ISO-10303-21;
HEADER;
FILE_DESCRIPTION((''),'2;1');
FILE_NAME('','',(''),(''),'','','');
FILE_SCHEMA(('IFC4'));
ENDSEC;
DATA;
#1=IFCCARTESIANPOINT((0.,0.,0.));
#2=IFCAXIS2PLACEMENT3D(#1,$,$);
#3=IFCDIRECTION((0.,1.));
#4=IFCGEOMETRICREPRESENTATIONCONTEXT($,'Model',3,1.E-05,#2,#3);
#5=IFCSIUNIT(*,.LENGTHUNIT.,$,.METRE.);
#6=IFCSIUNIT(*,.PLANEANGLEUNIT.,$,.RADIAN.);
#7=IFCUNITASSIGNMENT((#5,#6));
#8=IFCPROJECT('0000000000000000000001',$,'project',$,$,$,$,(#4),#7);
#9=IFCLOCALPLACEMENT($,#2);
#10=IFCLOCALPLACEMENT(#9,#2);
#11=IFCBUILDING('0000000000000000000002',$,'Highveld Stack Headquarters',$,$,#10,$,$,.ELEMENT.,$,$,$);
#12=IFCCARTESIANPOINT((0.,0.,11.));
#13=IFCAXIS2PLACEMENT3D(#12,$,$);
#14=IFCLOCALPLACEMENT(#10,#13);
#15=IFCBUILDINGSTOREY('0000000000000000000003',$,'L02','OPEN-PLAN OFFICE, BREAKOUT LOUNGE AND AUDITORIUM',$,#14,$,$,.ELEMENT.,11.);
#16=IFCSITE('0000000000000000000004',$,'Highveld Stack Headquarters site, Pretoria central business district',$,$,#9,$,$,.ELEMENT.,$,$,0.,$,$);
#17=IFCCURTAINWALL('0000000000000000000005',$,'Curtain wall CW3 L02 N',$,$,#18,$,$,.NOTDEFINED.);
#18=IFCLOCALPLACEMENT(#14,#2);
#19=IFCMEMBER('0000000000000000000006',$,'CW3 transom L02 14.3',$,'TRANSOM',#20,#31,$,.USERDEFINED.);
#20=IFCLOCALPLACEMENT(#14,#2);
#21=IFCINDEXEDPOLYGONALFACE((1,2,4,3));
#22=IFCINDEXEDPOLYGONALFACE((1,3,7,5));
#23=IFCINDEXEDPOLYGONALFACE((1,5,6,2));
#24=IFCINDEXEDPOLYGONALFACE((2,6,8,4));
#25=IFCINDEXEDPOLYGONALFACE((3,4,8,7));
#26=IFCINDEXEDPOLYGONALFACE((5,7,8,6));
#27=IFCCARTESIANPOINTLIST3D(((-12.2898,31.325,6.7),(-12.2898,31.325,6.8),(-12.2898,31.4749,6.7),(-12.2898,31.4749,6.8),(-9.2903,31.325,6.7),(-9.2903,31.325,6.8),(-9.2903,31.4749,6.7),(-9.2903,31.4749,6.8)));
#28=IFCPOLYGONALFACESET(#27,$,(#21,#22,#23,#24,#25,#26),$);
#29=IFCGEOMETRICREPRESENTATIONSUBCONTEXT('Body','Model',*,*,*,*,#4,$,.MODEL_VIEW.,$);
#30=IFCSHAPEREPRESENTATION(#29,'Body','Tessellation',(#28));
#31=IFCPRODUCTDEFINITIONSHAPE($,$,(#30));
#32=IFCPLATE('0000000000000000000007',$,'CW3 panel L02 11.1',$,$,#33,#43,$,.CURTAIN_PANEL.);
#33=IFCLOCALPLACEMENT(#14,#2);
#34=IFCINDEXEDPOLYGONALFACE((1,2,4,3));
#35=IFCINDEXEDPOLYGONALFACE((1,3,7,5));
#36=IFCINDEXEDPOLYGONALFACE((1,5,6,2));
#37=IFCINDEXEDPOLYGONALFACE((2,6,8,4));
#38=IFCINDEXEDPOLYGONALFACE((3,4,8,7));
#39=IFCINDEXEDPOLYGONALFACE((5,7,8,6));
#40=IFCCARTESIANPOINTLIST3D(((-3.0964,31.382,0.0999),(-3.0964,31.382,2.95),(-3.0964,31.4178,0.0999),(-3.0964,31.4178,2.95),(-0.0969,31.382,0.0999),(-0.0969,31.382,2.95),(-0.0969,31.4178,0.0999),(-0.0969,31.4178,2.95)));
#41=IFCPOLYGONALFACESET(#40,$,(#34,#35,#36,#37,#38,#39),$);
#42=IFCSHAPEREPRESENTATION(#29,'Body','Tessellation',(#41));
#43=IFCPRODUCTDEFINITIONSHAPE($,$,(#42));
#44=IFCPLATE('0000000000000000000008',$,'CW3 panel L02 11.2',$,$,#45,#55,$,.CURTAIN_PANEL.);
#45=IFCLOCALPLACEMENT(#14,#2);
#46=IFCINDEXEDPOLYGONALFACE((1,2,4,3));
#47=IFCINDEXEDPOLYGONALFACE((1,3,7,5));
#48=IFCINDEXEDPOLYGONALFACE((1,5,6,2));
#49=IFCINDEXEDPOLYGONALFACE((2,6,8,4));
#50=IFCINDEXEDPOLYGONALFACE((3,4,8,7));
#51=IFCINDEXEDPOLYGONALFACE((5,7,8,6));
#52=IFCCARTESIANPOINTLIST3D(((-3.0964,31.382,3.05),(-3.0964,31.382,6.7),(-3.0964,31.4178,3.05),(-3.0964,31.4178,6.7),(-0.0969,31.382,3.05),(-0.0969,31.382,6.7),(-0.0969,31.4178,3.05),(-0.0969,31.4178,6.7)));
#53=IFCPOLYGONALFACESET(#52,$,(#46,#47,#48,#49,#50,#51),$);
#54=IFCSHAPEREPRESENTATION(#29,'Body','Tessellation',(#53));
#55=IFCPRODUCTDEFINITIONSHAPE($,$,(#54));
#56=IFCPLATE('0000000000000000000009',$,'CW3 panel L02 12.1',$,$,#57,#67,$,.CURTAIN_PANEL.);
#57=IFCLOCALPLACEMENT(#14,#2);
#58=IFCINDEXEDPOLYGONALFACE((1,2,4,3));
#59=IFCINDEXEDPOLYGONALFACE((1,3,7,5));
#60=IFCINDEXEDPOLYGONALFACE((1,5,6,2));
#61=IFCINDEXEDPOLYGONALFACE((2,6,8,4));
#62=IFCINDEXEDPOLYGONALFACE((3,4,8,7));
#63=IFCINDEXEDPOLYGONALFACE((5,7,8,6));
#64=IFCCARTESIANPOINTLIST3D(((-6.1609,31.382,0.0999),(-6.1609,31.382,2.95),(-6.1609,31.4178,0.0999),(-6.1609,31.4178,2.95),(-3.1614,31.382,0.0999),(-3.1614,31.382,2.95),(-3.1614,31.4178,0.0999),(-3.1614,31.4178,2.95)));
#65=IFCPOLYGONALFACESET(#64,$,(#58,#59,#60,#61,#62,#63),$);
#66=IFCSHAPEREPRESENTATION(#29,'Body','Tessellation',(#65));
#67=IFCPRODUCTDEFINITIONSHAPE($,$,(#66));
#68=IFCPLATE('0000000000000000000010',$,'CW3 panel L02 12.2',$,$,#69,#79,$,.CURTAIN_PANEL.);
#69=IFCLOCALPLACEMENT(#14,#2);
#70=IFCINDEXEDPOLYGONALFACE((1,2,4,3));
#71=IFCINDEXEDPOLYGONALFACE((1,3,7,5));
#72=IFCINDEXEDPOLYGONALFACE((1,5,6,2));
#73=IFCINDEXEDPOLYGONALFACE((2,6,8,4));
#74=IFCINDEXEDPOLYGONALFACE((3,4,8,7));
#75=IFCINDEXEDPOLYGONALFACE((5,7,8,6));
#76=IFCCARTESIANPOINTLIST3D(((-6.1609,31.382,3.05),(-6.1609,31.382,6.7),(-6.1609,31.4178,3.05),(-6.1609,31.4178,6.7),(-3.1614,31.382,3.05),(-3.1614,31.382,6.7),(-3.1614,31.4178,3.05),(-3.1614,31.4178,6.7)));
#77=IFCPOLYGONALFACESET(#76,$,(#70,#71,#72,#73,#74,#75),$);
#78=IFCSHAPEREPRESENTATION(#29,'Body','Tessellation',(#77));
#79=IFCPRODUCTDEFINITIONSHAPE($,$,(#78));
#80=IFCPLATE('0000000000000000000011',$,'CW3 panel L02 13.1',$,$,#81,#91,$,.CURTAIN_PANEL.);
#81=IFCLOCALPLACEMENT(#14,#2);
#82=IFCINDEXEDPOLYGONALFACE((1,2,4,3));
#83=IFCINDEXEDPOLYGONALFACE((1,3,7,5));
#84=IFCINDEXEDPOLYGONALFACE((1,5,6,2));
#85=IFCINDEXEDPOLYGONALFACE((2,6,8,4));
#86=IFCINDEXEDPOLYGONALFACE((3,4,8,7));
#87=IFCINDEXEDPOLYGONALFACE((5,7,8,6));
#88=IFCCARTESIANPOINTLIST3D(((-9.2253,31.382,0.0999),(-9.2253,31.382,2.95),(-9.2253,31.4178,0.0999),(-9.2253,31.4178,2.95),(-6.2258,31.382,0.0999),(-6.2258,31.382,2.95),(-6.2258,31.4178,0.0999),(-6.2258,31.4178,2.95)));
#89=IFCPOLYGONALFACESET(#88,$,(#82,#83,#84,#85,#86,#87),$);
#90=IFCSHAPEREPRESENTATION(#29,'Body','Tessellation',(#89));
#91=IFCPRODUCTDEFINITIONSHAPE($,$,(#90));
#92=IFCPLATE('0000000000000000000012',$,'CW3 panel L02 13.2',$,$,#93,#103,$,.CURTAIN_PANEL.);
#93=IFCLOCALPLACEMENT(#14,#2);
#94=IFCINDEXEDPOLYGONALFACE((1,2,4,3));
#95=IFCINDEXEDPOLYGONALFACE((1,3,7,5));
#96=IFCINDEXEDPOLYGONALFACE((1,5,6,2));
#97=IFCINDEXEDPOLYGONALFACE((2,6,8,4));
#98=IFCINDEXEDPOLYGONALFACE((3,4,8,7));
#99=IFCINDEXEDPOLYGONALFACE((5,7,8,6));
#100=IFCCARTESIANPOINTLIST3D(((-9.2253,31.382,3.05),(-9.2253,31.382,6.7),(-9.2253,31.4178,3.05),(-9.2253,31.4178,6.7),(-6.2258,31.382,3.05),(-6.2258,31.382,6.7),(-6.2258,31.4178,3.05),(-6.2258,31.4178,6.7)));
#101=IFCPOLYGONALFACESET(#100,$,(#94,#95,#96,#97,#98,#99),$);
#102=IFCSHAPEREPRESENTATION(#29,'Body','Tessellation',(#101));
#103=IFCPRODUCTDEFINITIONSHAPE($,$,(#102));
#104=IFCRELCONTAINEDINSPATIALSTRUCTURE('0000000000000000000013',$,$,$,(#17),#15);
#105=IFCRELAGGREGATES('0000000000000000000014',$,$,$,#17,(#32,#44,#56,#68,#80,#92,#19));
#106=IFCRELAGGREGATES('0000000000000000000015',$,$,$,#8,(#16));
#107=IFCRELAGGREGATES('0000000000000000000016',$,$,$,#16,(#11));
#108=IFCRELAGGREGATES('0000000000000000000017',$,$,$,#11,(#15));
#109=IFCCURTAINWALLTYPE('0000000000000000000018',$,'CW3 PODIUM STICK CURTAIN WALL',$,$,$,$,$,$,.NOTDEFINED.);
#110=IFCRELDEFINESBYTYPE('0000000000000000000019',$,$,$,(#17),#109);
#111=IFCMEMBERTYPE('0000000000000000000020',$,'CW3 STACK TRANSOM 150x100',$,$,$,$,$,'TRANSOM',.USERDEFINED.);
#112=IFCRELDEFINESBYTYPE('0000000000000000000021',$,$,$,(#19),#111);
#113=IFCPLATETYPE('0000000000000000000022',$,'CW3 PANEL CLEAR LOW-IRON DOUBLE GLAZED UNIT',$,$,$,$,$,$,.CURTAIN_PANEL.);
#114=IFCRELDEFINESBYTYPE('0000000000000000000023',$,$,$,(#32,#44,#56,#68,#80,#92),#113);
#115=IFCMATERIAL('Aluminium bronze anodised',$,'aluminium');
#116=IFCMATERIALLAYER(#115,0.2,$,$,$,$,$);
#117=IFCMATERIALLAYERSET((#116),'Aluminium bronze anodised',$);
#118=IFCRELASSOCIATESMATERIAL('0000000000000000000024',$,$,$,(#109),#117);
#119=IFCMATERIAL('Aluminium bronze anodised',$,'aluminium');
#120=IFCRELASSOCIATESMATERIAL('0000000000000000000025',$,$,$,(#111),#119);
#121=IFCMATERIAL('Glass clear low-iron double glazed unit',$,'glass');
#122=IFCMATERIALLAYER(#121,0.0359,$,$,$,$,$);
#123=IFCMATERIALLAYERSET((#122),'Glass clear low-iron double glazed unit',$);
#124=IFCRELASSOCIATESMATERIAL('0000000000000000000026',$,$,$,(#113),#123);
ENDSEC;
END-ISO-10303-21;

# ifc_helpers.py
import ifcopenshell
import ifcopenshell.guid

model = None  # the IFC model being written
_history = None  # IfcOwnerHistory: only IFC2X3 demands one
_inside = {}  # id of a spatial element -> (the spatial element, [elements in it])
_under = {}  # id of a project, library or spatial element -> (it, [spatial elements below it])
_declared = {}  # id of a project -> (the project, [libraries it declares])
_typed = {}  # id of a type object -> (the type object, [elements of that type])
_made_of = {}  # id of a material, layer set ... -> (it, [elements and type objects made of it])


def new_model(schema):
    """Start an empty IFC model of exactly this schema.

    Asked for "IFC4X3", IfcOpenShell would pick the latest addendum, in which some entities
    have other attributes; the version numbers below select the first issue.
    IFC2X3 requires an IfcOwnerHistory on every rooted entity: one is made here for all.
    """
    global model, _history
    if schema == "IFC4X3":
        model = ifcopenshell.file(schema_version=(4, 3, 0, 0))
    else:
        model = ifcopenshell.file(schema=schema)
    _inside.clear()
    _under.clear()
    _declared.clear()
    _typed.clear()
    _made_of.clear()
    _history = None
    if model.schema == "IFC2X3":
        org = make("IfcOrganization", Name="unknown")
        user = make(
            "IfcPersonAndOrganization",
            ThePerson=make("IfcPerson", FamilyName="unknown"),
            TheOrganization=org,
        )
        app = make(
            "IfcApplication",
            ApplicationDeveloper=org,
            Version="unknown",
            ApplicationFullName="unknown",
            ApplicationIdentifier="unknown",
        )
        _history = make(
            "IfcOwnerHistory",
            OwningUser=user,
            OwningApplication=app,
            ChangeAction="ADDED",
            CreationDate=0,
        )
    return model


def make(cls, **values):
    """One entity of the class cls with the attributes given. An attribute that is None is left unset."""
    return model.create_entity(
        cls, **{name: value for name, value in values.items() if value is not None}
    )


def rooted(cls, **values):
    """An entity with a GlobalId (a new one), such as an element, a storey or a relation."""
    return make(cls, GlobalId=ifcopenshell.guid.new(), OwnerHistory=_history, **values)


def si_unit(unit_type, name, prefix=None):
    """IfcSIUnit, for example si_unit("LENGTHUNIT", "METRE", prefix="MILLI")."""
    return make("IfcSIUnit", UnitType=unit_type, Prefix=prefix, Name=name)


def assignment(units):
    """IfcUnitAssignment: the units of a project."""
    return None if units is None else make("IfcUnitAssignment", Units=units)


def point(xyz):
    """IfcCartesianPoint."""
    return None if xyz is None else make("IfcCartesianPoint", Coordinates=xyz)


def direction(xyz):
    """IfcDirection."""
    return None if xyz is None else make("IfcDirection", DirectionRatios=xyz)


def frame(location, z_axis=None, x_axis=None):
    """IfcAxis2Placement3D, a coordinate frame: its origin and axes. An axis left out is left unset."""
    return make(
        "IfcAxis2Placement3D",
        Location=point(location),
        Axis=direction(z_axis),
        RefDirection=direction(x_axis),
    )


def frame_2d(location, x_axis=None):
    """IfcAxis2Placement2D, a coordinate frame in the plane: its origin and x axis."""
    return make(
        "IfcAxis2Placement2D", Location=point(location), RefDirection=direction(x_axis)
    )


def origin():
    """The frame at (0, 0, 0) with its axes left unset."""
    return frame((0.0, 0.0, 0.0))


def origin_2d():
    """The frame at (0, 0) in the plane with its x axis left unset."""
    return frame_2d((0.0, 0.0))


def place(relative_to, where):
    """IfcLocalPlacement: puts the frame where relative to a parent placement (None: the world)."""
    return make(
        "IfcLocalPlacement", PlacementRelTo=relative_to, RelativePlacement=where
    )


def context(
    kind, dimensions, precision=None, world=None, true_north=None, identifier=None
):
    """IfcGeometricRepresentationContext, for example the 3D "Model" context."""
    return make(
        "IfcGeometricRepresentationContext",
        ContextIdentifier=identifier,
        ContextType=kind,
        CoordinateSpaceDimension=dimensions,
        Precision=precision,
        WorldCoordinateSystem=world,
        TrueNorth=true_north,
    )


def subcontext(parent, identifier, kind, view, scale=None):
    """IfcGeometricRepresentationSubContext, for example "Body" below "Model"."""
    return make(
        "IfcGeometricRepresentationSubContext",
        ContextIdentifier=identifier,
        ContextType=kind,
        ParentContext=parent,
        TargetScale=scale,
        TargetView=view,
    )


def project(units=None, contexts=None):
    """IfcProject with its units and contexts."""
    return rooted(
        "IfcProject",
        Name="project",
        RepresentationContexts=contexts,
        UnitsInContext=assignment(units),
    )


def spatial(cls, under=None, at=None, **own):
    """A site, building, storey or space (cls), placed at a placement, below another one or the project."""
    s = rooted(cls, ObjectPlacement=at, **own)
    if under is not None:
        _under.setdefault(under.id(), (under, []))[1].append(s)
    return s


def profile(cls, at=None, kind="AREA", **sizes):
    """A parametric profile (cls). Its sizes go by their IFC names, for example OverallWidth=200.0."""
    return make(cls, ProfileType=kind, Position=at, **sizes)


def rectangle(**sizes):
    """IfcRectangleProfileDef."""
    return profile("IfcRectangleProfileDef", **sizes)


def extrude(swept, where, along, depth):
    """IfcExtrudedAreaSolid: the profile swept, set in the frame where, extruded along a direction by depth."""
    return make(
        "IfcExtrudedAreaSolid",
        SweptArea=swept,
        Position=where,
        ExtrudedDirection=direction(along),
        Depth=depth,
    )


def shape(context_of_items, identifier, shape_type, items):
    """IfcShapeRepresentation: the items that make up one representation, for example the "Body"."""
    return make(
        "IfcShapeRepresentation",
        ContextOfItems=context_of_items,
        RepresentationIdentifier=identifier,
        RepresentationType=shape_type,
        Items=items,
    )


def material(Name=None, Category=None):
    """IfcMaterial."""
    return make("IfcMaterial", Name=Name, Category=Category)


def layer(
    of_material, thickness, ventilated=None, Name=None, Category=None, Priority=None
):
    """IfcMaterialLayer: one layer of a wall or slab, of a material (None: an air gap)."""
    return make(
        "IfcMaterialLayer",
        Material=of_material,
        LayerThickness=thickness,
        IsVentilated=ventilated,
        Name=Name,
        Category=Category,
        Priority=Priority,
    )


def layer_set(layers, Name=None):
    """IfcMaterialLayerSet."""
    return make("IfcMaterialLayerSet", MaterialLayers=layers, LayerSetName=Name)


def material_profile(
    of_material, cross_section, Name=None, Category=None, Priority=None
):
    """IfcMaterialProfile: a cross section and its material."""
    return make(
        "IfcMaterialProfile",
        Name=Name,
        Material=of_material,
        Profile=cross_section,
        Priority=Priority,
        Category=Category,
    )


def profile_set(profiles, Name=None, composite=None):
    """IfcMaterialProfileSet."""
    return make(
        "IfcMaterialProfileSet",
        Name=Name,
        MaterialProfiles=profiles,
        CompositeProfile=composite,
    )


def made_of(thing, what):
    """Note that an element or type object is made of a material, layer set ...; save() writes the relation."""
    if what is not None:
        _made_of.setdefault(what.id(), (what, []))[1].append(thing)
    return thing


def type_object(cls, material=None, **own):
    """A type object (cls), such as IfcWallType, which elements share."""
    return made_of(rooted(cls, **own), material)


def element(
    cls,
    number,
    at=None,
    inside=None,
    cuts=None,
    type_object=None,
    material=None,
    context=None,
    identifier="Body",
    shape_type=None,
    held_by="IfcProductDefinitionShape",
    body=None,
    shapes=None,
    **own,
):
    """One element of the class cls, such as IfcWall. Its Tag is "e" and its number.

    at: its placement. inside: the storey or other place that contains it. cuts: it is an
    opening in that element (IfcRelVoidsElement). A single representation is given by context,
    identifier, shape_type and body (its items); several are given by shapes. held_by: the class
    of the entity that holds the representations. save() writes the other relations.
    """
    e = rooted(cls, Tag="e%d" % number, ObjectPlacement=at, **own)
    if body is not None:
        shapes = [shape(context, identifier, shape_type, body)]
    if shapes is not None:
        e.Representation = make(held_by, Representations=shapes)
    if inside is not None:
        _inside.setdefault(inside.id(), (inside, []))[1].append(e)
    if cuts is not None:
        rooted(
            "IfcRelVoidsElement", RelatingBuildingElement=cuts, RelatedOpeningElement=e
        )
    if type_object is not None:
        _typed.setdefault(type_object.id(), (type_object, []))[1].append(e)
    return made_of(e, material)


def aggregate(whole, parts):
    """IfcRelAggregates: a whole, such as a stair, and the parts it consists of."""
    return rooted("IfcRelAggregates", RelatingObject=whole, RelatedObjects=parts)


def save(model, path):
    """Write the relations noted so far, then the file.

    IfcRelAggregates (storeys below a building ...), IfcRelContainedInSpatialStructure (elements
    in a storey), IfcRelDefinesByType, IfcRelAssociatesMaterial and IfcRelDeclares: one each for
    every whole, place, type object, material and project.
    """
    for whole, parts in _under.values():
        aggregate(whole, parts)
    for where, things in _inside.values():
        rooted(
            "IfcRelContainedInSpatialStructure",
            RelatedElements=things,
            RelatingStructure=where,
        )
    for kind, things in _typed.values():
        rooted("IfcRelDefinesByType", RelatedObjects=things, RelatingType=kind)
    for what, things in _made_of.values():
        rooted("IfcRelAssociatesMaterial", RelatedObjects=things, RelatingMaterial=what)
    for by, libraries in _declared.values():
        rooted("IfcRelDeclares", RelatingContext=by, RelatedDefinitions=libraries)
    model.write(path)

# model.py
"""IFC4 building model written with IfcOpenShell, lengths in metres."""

from ifc_helpers import new_model, si_unit, direction, frame, origin, origin_2d, place, context, subcontext, project, spatial, rectangle, extrude, material, layer, layer_set, material_profile, profile_set, type_object, element, aggregate, save


model = new_model("IFC4")

# Units and contexts
model_context = context("Model", 3, precision=1e-05, world=origin(), true_north=direction((0.0, 1.0)))
body_context = subcontext(model_context, "Body", "Model", "MODEL_VIEW")
ifc_project = project(units=[si_unit("LENGTHUNIT", "METRE"), si_unit("PLANEANGLEUNIT", "RADIAN")], contexts=[model_context])

# Site, building, storey
site_placement = place(None, origin())
site = spatial("IfcSite", under=ifc_project, at=site_placement, Name="Highveld Stack Headquarters site, Pretoria central business district", CompositionType="ELEMENT", RefElevation=0.0)
building_placement = place(site_placement, origin())
building = spatial("IfcBuilding", under=site, at=building_placement, Name="Highveld Stack Headquarters", CompositionType="ELEMENT")
storey_placement = place(building_placement, frame((0.0, 0.0, 11.0)))
storey = spatial("IfcBuildingStorey", under=building, at=storey_placement, Name="L02", Description="OPEN-PLAN OFFICE, BREAKOUT LOUNGE AND AUDITORIUM", CompositionType="ELEMENT", Elevation=11.0)

# Curtain wall, member, plates
ifc_material_1 = material(Name="Aluminium bronze anodised", Category="aluminium")
ifc_layer_1 = layer(ifc_material_1, 0.2)
ifc_layer_set_1 = layer_set([ifc_layer_1], Name="Aluminium bronze anodised")
curtain_wall_type = type_object("IfcCurtainWallType", Name="CW3 PODIUM STICK CURTAIN WALL", PredefinedType="NOTDEFINED", material=ifc_layer_set_1)
curtain_wall_placement = place(storey_placement, origin())
curtain_wall = element("IfcCurtainWall", 1, at=curtain_wall_placement, inside=storey, type_object=curtain_wall_type, Name="Curtain wall CW3 L02 N", PredefinedType="NOTDEFINED")
ifc_material_2 = material(Name="Aluminium bronze anodised", Category="aluminium")
ifc_material_profile_1 = material_profile(ifc_material_2, rectangle(XDim=0.1499, YDim=0.1001, at=origin_2d()), Name="CW3 TRANSOM 150x100")
ifc_profile_set_1 = profile_set([ifc_material_profile_1], Name="Aluminium bronze anodised")
member_type_1 = type_object("IfcMemberType", Name="CW3 STACK TRANSOM 150x100", ElementType="TRANSOM", PredefinedType="USERDEFINED", material=ifc_profile_set_1)
member_1_placement = place(storey_placement, frame((-9.2903, 31.3999, 6.75), z_axis=(-1.0, 0.0, 0.0), x_axis=(0.0, -1.0, 0.0)))
member_1 = element("IfcMember", 2, at=member_1_placement, type_object=member_type_1, Name="CW3 transom L02 14.3", ObjectType="TRANSOM", PredefinedType="USERDEFINED", context=body_context, shape_type="SweptSolid", body=[
    extrude(rectangle(XDim=0.1499, YDim=0.1001, at=origin_2d()), origin(), (0.0, 0.0, 1.0), 2.9995),
])
ifc_material_3 = material(Name="Glass clear low-iron double glazed unit", Category="glass")
ifc_layer_2 = layer(ifc_material_3, 0.0359)
ifc_layer_set_2 = layer_set([ifc_layer_2], Name="Glass clear low-iron double glazed unit")
plate_type = type_object("IfcPlateType", Name="CW3 PANEL CLEAR LOW-IRON DOUBLE GLAZED UNIT", PredefinedType="CURTAIN_PANEL", material=ifc_layer_set_2)
plate_1_placement = place(storey_placement, frame((-1.5967, 31.3999, 0.0999), z_axis=(0.0, 0.0, 1.0), x_axis=(-1.0, 0.0, 0.0)))
plate_1 = element("IfcPlate", 3, at=plate_1_placement, type_object=plate_type, Name="CW3 panel L02 11.1", PredefinedType="CURTAIN_PANEL", context=body_context, shape_type="SweptSolid", body=[
    extrude(rectangle(XDim=2.9995, YDim=0.0359, at=origin_2d()), origin(), (0.0, 0.0, 1.0), 2.8501),
])
plate_2_placement = place(storey_placement, frame((-1.5967, 31.3999, 3.05), z_axis=(0.0, 0.0, 1.0), x_axis=(-1.0, 0.0, 0.0)))
plate_2 = element("IfcPlate", 4, at=plate_2_placement, type_object=plate_type, Name="CW3 panel L02 11.2", PredefinedType="CURTAIN_PANEL", context=body_context, shape_type="SweptSolid", body=[
    extrude(rectangle(XDim=2.9995, YDim=0.0359, at=origin_2d()), origin(), (0.0, 0.0, 1.0), 3.6499),
])
plate_3_placement = place(storey_placement, frame((-4.6611, 31.3999, 0.0999), z_axis=(0.0, 0.0, 1.0), x_axis=(-1.0, 0.0, 0.0)))
plate_3 = element("IfcPlate", 5, at=plate_3_placement, type_object=plate_type, Name="CW3 panel L02 12.1", PredefinedType="CURTAIN_PANEL", context=body_context, shape_type="SweptSolid", body=[
    extrude(rectangle(XDim=2.9995, YDim=0.0359, at=origin_2d()), origin(), (0.0, 0.0, 1.0), 2.8501),
])
plate_4_placement = place(storey_placement, frame((-4.6611, 31.3999, 3.05), z_axis=(0.0, 0.0, 1.0), x_axis=(-1.0, 0.0, 0.0)))
plate_4 = element("IfcPlate", 6, at=plate_4_placement, type_object=plate_type, Name="CW3 panel L02 12.2", PredefinedType="CURTAIN_PANEL", context=body_context, shape_type="SweptSolid", body=[
    extrude(rectangle(XDim=2.9995, YDim=0.0359, at=origin_2d()), origin(), (0.0, 0.0, 1.0), 3.6499),
])
plate_5_placement = place(storey_placement, frame((-7.7256, 31.3999, 0.0999), z_axis=(0.0, 0.0, 1.0), x_axis=(-1.0, 0.0, 0.0)))
plate_5 = element("IfcPlate", 7, at=plate_5_placement, type_object=plate_type, Name="CW3 panel L02 13.1", PredefinedType="CURTAIN_PANEL", context=body_context, shape_type="SweptSolid", body=[
    extrude(rectangle(XDim=2.9995, YDim=0.0359, at=origin_2d()), origin(), (0.0, 0.0, 1.0), 2.8501),
])
plate_6_placement = place(storey_placement, frame((-7.7256, 31.3999, 3.05), z_axis=(0.0, 0.0, 1.0), x_axis=(-1.0, 0.0, 0.0)))
plate_6 = element("IfcPlate", 8, at=plate_6_placement, type_object=plate_type, Name="CW3 panel L02 13.2", PredefinedType="CURTAIN_PANEL", context=body_context, shape_type="SweptSolid", body=[
    extrude(rectangle(XDim=2.9995, YDim=0.0359, at=origin_2d()), origin(), (0.0, 0.0, 1.0), 3.6499),
])
aggregate(curtain_wall, [plate_1, plate_2, plate_3, plate_4, plate_5, plate_6, member_1])

save(model, "model.ifc")
